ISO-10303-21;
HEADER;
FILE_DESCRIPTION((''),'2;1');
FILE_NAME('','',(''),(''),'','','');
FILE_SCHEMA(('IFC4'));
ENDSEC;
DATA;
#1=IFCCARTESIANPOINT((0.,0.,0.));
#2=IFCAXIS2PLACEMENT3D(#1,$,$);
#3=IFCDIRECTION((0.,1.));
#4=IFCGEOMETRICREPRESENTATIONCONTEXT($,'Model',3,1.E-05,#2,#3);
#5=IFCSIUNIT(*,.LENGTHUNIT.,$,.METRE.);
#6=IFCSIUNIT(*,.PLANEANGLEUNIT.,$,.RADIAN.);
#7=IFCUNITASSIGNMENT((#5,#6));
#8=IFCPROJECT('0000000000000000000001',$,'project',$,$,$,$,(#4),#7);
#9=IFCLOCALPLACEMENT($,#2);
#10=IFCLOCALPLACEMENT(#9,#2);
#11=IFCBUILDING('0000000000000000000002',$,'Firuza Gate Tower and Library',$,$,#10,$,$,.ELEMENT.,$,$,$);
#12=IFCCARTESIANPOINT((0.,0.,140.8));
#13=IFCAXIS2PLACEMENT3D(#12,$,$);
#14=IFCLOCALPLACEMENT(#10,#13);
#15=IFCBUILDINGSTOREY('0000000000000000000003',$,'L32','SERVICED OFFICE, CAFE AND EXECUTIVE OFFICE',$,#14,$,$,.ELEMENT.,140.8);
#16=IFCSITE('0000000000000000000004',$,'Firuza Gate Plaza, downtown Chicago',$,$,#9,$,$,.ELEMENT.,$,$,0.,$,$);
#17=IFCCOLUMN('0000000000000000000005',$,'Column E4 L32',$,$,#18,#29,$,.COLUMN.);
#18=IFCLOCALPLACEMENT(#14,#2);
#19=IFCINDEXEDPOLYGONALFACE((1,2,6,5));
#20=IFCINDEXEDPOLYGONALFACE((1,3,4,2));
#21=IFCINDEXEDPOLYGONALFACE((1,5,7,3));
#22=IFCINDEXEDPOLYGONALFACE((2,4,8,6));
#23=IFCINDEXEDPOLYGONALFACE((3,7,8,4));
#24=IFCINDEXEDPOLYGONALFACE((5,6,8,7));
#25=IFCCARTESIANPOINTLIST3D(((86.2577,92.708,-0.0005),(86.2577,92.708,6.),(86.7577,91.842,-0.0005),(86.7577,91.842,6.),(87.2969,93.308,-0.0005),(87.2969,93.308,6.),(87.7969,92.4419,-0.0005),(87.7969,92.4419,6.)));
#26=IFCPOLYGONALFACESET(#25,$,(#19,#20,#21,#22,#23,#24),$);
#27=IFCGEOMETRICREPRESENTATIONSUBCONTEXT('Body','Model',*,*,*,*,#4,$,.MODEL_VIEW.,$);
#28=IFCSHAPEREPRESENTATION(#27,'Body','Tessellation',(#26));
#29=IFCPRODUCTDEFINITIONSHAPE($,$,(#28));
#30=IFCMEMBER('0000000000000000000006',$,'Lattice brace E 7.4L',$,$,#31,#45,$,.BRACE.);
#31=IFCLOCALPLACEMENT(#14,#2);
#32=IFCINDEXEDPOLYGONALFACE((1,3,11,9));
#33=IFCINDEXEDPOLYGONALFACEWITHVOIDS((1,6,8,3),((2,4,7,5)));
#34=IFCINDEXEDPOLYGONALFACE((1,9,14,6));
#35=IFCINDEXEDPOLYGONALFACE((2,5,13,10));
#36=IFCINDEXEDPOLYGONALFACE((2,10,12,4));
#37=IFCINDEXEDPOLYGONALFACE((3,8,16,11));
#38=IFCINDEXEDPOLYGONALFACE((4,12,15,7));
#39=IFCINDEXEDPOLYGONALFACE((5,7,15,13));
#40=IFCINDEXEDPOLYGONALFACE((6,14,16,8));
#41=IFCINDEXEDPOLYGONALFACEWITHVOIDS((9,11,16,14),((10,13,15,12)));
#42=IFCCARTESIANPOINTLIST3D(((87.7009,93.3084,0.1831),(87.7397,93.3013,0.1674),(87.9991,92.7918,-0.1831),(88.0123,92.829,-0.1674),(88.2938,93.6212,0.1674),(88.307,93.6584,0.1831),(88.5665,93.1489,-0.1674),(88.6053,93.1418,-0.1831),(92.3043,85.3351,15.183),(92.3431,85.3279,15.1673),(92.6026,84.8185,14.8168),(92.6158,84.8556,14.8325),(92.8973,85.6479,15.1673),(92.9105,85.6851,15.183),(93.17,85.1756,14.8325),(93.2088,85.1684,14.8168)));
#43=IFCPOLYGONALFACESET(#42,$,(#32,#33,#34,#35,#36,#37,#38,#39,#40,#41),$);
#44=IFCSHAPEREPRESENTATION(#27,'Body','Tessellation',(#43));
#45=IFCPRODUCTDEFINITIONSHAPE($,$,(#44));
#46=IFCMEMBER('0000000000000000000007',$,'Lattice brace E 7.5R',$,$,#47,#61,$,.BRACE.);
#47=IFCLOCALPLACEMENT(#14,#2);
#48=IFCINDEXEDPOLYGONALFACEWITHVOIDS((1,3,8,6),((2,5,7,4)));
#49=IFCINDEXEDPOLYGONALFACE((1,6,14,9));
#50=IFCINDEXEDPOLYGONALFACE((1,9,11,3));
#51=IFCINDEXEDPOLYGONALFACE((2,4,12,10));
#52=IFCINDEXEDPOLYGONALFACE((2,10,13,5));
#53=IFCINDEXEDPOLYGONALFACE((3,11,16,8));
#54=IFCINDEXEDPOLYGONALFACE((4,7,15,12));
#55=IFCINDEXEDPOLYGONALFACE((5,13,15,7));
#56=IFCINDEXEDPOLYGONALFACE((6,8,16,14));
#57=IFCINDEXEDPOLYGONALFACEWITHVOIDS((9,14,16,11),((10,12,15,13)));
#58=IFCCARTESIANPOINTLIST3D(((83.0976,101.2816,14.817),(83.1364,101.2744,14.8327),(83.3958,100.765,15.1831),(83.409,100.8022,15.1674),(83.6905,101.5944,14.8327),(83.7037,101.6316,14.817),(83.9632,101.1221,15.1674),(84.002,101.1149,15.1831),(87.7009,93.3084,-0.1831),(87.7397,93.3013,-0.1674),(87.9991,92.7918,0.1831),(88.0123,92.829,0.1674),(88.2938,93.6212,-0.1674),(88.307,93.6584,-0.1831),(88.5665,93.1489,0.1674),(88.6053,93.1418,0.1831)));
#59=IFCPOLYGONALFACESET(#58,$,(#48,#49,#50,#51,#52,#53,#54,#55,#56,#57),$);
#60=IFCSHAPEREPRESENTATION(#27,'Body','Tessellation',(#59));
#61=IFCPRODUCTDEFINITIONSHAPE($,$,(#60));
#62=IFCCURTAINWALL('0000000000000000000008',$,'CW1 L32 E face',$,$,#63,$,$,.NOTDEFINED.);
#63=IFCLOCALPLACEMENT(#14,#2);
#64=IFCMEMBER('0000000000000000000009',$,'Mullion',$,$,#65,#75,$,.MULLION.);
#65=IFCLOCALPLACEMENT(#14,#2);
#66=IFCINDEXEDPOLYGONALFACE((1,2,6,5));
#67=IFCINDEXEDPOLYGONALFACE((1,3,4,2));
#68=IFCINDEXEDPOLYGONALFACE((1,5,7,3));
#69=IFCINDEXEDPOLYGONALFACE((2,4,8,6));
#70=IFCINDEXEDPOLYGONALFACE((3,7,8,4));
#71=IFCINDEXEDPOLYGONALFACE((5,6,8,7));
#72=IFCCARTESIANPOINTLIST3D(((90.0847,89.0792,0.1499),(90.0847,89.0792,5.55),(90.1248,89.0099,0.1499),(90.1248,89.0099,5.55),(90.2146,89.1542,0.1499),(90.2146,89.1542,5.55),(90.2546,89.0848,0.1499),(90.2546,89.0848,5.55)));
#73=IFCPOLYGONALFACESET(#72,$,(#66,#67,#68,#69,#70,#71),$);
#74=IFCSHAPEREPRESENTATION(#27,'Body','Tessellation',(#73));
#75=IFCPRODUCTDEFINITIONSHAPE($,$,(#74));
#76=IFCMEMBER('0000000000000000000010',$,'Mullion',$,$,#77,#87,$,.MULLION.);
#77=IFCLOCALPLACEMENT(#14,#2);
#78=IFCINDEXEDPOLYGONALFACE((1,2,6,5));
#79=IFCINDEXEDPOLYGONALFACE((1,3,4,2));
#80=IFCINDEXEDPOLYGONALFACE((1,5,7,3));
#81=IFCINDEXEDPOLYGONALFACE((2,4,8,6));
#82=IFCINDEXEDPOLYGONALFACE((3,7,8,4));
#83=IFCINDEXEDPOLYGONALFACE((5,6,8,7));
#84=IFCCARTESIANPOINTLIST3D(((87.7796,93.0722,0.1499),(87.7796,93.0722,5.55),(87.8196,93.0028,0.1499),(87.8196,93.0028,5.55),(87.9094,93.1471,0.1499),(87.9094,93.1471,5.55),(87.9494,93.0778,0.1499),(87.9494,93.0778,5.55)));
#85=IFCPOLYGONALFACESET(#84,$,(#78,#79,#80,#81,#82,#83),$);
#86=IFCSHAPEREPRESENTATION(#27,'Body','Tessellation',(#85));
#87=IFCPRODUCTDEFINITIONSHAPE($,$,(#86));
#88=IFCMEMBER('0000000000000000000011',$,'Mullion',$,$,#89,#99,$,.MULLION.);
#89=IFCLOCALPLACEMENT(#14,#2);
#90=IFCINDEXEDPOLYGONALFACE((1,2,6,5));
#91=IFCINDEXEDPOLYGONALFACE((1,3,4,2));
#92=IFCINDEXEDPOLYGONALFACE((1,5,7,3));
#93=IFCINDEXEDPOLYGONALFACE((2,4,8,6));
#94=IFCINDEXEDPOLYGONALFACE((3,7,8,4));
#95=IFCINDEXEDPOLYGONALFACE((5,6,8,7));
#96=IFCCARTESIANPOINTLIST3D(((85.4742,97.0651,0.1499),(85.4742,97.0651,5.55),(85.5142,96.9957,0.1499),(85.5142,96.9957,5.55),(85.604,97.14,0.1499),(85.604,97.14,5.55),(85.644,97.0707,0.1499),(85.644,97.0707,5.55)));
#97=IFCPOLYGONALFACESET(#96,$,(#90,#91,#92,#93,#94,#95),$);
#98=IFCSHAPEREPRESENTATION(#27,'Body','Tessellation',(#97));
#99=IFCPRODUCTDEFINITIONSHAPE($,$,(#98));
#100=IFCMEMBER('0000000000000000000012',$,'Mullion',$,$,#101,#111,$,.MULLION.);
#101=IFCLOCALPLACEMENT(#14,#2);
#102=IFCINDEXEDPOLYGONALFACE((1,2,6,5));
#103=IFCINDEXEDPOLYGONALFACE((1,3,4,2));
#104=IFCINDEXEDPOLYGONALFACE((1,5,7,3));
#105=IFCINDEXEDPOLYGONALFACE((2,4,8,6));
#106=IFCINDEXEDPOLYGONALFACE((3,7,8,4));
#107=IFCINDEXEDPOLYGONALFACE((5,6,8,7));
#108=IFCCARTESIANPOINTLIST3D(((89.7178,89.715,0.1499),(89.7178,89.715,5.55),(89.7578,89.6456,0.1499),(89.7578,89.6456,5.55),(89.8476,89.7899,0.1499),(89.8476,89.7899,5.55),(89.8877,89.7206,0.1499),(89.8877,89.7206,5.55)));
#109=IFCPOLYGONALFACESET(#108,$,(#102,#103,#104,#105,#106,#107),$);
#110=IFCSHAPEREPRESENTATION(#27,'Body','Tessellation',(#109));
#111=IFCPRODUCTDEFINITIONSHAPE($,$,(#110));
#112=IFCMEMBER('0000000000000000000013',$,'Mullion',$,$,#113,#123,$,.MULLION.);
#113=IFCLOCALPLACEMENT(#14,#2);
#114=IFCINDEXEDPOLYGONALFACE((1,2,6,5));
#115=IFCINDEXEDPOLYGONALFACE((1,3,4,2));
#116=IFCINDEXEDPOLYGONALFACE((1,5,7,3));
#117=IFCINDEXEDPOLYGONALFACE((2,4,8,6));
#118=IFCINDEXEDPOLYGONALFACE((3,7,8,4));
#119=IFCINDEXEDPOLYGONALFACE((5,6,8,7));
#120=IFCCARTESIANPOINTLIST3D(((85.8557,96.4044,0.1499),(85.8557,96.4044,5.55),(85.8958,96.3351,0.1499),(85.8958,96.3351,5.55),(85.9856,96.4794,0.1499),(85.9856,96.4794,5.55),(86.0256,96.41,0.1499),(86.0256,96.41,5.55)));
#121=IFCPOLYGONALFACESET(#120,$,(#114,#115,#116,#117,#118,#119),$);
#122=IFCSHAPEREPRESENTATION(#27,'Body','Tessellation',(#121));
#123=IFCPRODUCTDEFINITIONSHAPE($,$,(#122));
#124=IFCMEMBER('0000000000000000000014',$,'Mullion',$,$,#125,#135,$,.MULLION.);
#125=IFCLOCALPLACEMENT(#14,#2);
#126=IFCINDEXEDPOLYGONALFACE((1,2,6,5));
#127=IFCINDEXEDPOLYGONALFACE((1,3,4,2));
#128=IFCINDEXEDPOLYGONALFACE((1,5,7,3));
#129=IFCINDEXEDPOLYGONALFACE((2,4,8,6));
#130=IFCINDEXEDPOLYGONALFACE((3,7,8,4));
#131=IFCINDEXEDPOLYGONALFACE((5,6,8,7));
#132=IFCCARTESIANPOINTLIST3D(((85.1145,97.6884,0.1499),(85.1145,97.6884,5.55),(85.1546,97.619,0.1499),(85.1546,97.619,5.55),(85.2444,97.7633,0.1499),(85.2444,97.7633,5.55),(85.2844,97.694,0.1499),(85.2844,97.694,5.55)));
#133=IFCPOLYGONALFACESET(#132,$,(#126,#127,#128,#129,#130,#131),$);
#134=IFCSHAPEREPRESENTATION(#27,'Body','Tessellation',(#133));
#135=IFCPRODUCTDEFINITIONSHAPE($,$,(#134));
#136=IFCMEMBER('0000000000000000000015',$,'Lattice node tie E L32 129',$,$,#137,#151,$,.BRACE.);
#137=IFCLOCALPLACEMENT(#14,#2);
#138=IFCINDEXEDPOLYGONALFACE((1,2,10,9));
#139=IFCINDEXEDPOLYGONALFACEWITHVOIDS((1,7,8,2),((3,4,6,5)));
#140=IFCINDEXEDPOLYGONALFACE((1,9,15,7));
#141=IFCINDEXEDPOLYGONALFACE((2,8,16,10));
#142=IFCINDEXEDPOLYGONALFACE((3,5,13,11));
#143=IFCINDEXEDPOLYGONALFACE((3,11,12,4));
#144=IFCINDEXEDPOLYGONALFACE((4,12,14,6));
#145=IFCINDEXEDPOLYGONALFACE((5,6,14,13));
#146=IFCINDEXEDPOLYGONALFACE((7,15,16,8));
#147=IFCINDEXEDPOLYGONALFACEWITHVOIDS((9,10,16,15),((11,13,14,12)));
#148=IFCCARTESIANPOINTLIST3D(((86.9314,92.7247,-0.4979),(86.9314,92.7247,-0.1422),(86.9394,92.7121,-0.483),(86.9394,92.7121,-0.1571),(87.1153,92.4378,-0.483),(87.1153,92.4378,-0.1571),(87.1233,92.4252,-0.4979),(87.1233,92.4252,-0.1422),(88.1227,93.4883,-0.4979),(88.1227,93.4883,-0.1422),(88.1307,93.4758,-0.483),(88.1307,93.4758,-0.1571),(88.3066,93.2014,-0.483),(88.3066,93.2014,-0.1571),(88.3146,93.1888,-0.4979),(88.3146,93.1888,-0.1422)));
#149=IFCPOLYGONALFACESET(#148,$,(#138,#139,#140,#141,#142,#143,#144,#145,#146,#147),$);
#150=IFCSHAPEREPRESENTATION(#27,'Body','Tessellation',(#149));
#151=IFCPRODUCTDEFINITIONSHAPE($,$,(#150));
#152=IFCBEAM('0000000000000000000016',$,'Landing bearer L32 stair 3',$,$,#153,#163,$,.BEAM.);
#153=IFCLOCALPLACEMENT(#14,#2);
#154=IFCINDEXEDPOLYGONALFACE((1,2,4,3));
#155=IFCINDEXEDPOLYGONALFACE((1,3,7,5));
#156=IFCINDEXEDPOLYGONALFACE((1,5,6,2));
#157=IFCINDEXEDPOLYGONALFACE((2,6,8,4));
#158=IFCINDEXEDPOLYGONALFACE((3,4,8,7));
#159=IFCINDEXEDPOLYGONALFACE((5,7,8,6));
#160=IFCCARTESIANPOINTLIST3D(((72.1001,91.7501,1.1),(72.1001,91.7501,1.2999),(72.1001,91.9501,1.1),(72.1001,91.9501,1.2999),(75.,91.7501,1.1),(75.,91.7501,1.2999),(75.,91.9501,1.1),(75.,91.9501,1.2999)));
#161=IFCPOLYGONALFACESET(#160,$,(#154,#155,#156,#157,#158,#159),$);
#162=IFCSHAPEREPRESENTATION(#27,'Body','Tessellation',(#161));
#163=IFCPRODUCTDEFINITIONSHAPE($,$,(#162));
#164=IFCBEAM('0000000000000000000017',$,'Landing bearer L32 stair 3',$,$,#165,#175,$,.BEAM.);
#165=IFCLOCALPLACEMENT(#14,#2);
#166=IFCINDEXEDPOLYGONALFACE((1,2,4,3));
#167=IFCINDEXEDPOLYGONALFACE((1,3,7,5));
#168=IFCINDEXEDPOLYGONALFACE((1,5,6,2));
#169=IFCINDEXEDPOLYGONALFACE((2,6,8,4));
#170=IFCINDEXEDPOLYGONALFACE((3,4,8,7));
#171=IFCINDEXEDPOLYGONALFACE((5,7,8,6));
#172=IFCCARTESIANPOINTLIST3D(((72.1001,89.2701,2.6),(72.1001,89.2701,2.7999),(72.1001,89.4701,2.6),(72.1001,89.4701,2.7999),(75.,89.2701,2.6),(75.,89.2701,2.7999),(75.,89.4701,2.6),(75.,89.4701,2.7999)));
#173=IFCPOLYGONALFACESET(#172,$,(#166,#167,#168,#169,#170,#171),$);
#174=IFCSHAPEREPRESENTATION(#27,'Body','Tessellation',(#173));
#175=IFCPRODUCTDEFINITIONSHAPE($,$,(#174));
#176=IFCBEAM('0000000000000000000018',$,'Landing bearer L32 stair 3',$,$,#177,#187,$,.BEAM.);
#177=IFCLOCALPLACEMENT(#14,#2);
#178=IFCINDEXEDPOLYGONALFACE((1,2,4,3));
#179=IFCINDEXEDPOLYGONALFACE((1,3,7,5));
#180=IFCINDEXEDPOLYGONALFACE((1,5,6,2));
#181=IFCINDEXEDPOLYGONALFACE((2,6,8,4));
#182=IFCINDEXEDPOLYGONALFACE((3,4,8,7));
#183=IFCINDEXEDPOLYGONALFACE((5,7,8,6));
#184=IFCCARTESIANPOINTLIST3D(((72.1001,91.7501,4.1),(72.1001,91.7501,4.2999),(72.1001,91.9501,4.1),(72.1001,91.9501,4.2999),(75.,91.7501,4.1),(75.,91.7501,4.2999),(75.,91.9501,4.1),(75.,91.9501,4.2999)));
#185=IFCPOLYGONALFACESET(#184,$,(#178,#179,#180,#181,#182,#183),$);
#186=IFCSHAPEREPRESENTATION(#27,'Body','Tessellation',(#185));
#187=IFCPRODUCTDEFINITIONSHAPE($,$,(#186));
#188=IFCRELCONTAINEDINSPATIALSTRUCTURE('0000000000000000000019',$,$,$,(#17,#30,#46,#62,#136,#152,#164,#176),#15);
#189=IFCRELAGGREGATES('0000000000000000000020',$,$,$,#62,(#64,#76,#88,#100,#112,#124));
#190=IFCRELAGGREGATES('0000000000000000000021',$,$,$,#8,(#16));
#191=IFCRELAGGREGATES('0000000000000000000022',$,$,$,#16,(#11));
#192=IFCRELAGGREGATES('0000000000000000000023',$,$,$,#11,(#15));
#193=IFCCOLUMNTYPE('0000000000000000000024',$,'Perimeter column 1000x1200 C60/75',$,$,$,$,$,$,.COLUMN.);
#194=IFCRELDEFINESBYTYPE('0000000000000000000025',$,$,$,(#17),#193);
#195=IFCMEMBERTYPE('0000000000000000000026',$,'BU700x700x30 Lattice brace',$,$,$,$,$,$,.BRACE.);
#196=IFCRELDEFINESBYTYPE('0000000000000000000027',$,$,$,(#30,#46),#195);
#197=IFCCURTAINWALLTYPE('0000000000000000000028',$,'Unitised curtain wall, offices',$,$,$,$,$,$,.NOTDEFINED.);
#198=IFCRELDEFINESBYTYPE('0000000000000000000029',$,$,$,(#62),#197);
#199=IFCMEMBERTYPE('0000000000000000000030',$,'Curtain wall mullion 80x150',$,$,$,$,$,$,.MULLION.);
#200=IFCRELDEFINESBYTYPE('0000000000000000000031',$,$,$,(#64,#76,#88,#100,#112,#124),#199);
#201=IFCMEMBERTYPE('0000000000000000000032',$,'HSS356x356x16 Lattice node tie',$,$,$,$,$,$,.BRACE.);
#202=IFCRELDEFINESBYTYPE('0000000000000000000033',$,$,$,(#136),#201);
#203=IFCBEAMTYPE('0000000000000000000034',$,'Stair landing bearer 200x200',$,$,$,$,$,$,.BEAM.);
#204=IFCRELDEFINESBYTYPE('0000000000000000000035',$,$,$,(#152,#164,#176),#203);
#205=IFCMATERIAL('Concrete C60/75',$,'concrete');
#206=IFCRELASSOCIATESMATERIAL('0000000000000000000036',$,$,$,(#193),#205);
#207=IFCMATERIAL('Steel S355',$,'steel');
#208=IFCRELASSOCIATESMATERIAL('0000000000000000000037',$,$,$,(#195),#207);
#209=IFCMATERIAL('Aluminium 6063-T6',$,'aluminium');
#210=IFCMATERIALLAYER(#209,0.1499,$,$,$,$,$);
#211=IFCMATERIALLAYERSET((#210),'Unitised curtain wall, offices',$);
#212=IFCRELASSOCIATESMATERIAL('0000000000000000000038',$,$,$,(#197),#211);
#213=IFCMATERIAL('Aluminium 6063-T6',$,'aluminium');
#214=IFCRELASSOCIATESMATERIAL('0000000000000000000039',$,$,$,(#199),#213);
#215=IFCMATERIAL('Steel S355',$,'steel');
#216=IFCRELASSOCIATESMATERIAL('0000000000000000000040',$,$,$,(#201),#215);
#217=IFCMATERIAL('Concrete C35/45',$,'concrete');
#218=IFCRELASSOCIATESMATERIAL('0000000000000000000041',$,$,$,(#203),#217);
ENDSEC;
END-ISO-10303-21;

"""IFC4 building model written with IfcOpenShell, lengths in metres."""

from ifc_helpers import new_model, si_unit, direction, frame, origin, origin_2d, place, context, subcontext, project, spatial, rectangle, hollow_rectangle, extrude, material, layer, layer_set, material_profile, profile_set, type_object, element, aggregate, save


model = new_model("IFC4")

# Units and contexts
model_context = context("Model", 3, precision=1e-05, world=origin(), true_north=direction((0.0, 1.0)))
body_context = subcontext(model_context, "Body", "Model", "MODEL_VIEW")
ifc_project = project(units=[si_unit("LENGTHUNIT", "METRE"), si_unit("PLANEANGLEUNIT", "RADIAN")], contexts=[model_context])

# Site, building, storey
site_placement = place(None, origin())
site = spatial("IfcSite", under=ifc_project, at=site_placement, Name="Firuza Gate Plaza, downtown Chicago", CompositionType="ELEMENT", RefElevation=0.0)
building_placement = place(site_placement, origin())
building = spatial("IfcBuilding", under=site, at=building_placement, Name="Firuza Gate Tower and Library", CompositionType="ELEMENT")
storey_placement = place(building_placement, frame((0.0, 0.0, 140.8)))
storey = spatial("IfcBuildingStorey", under=building, at=storey_placement, Name="L32", Description="SERVICED OFFICE, CAFE AND EXECUTIVE OFFICE", CompositionType="ELEMENT", Elevation=140.8)

# Column
ifc_material_1 = material(Name="Concrete C60/75", Category="concrete")
ifc_material_profile_1 = material_profile(ifc_material_1, rectangle(XDim=1.0, YDim=1.2, at=origin_2d()))
ifc_profile_set_1 = profile_set([ifc_material_profile_1], Name="Concrete C60/75")
column_type = type_object("IfcColumnType", Name="Perimeter column 1000x1200 C60/75", PredefinedType="COLUMN", material=ifc_profile_set_1)
column_placement = place(storey_placement, frame((87.0273, 92.575, -0.0005), z_axis=(0.0, 0.0, 1.0), x_axis=(-0.5, 0.866025, 0.0)))
element("IfcColumn", 1, at=column_placement, inside=storey, type_object=column_type, Name="Column E4 L32", PredefinedType="COLUMN", context=body_context, shape_type="SweptSolid", body=[
    extrude(rectangle(XDim=1.0, YDim=1.2, at=origin_2d()), origin(), (0.0, 0.0, 1.0), 6.0005),
])

# Members
ifc_material_2 = material(Name="Steel S355", Category="steel")
ifc_material_profile_2 = material_profile(ifc_material_2, hollow_rectangle(XDim=0.7, YDim=0.7, WallThickness=0.03, at=origin_2d()))
ifc_profile_set_2 = profile_set([ifc_material_profile_2], Name="Steel S355")
member_type_1 = type_object("IfcMemberType", Name="BU700x700x30 Lattice brace", PredefinedType="BRACE", material=ifc_profile_set_2)
for number, where, z_axis, x_axis, name in (
    (2, (88.1531, 93.2251, 0.0), (0.26156, -0.453028, 0.852263), (0.866022, 0.500006, 0.0), "Lattice brace E 7.4L"),
    (3, (88.1531, 93.2251, 0.0), (-0.261549, 0.453019, 0.852271), (-0.866027, -0.499998, 0.0), "Lattice brace E 7.5R"),
):
    element("IfcMember", number, at=place(storey_placement, frame(where, z_axis=z_axis, x_axis=x_axis)), inside=storey, type_object=member_type_1, Name=name, PredefinedType="BRACE", context=body_context, shape_type="SweptSolid", body=[
        extrude(hollow_rectangle(XDim=0.7, YDim=0.7, WallThickness=0.03, at=origin_2d()), origin(), (0.0, 0.0, 1.0), 17.6001),
    ])

# Curtain wall, members
ifc_material_3 = material(Name="Aluminium 6063-T6", Category="aluminium")
ifc_layer_1 = layer(ifc_material_3, 0.1499)
ifc_layer_set_1 = layer_set([ifc_layer_1], Name="Unitised curtain wall, offices")
curtain_wall_type = type_object("IfcCurtainWallType", Name="Unitised curtain wall, offices", PredefinedType="NOTDEFINED", material=ifc_layer_set_1)
curtain_wall_placement = place(storey_placement, origin())
curtain_wall = element("IfcCurtainWall", 4, at=curtain_wall_placement, inside=storey, type_object=curtain_wall_type, Name="CW1 L32 E face", PredefinedType="NOTDEFINED")
ifc_material_4 = material(Name="Aluminium 6063-T6", Category="aluminium")
ifc_material_profile_3 = material_profile(ifc_material_4, rectangle(XDim=0.1499, YDim=0.0801, at=origin_2d()))
ifc_profile_set_3 = profile_set([ifc_material_profile_3], Name="Aluminium 6063-T6")
member_type_2 = type_object("IfcMemberType", Name="Curtain wall mullion 80x150", PredefinedType="MULLION", material=ifc_profile_set_3)
member_1_placement = place(storey_placement, frame((90.1697, 89.082, 0.1499), z_axis=(0.0, 0.0, 1.0), x_axis=(-0.866025, -0.5, 0.0)))
member_1 = element("IfcMember", 5, at=member_1_placement, type_object=member_type_2, Name="Mullion", PredefinedType="MULLION", context=body_context, shape_type="SweptSolid", body=[
    extrude(rectangle(XDim=0.1499, YDim=0.0801, at=origin_2d()), origin(), (0.0, 0.0, 1.0), 5.4001),
])
member_2_placement = place(storey_placement, frame((87.8645, 93.075, 0.1499), z_axis=(0.0, 0.0, 1.0), x_axis=(-0.866025, -0.5, 0.0)))
member_2 = element("IfcMember", 6, at=member_2_placement, type_object=member_type_2, Name="Mullion", PredefinedType="MULLION", context=body_context, shape_type="SweptSolid", body=[
    extrude(rectangle(XDim=0.1499, YDim=0.0801, at=origin_2d()), origin(), (0.0, 0.0, 1.0), 5.4001),
])
member_3_placement = place(storey_placement, frame((85.5591, 97.0679, 0.1499), z_axis=(0.0, 0.0, 1.0), x_axis=(-0.866025, -0.5, 0.0)))
member_3 = element("IfcMember", 7, at=member_3_placement, type_object=member_type_2, Name="Mullion", PredefinedType="MULLION", context=body_context, shape_type="SweptSolid", body=[
    extrude(rectangle(XDim=0.1499, YDim=0.0801, at=origin_2d()), origin(), (0.0, 0.0, 1.0), 5.4001),
])
member_4_placement = place(storey_placement, frame((89.8027, 89.7178, 0.1499), z_axis=(0.0, 0.0, 1.0), x_axis=(-0.866025, -0.5, 0.0)))
member_4 = element("IfcMember", 8, at=member_4_placement, type_object=member_type_2, Name="Mullion", PredefinedType="MULLION", context=body_context, shape_type="SweptSolid", body=[
    extrude(rectangle(XDim=0.1499, YDim=0.0801, at=origin_2d()), origin(), (0.0, 0.0, 1.0), 5.4001),
])
member_5_placement = place(storey_placement, frame((85.9407, 96.4072, 0.1499), z_axis=(0.0, 0.0, 1.0), x_axis=(-0.866025, -0.5, 0.0)))
member_5 = element("IfcMember", 9, at=member_5_placement, type_object=member_type_2, Name="Mullion", PredefinedType="MULLION", context=body_context, shape_type="SweptSolid", body=[
    extrude(rectangle(XDim=0.1499, YDim=0.0801, at=origin_2d()), origin(), (0.0, 0.0, 1.0), 5.4001),
])
member_6_placement = place(storey_placement, frame((85.1995, 97.6912, 0.1499), z_axis=(0.0, 0.0, 1.0), x_axis=(-0.866025, -0.5, 0.0)))
member_6 = element("IfcMember", 10, at=member_6_placement, type_object=member_type_2, Name="Mullion", PredefinedType="MULLION", context=body_context, shape_type="SweptSolid", body=[
    extrude(rectangle(XDim=0.1499, YDim=0.0801, at=origin_2d()), origin(), (0.0, 0.0, 1.0), 5.4001),
])

# Member
ifc_material_5 = material(Name="Steel S355", Category="steel")
ifc_material_profile_4 = material_profile(ifc_material_5, hollow_rectangle(XDim=0.3557, YDim=0.3557, WallThickness=0.0149, at=origin_2d()))
ifc_profile_set_4 = profile_set([ifc_material_profile_4], Name="Steel S355")
member_type_3 = type_object("IfcMemberType", Name="HSS356x356x16 Lattice node tie", PredefinedType="BRACE", material=ifc_profile_set_4)
member_7_placement = place(storey_placement, frame((87.0273, 92.575, -0.3201), z_axis=(0.841895, 0.539641, 0.0), x_axis=(-0.539641, 0.841895, 0.0)))
element("IfcMember", 11, at=member_7_placement, inside=storey, type_object=member_type_3, Name="Lattice node tie E L32 129", PredefinedType="BRACE", context=body_context, shape_type="SweptSolid", body=[
    extrude(hollow_rectangle(XDim=0.3557, YDim=0.3557, WallThickness=0.0149, at=origin_2d()), origin(), (0.0, 0.0, 1.0), 1.415),
])

# Beams
ifc_material_6 = material(Name="Concrete C35/45", Category="concrete")
ifc_material_profile_5 = material_profile(ifc_material_6, rectangle(XDim=0.2, YDim=0.2, at=origin_2d()))
ifc_profile_set_5 = profile_set([ifc_material_profile_5], Name="Concrete C35/45")
beam_type_1 = type_object("IfcBeamType", Name="Stair landing bearer 200x200", PredefinedType="BEAM", material=ifc_profile_set_5)
for number, where, z_axis, x_axis, name in (
    (12, (75.0, 91.8501, 1.2), (-1.0, 0.0, 0.0), (0.0, -1.0, 0.0), "Landing bearer L32 stair 3"),
    (13, (75.0, 89.3701, 2.7), (-1.0, 0.0, 0.0), (0.0, -1.0, 0.0), "Landing bearer L32 stair 3"),
    (14, (75.0, 91.8501, 4.2), (-1.0, 0.0, 0.0), (0.0, -1.0, 0.0), "Landing bearer L32 stair 3"),
):
    element("IfcBeam", number, at=place(storey_placement, frame(where, z_axis=z_axis, x_axis=x_axis)), inside=storey, type_object=beam_type_1, Name=name, PredefinedType="BEAM", context=body_context, shape_type="SweptSolid", body=[
        extrude(rectangle(XDim=0.2, YDim=0.2, at=origin_2d()), origin(), (0.0, 0.0, 1.0), 2.8999),
    ])

aggregate(curtain_wall, [member_1, member_2, member_3, member_4, member_5, member_6])

save(model, "model.ifc")
